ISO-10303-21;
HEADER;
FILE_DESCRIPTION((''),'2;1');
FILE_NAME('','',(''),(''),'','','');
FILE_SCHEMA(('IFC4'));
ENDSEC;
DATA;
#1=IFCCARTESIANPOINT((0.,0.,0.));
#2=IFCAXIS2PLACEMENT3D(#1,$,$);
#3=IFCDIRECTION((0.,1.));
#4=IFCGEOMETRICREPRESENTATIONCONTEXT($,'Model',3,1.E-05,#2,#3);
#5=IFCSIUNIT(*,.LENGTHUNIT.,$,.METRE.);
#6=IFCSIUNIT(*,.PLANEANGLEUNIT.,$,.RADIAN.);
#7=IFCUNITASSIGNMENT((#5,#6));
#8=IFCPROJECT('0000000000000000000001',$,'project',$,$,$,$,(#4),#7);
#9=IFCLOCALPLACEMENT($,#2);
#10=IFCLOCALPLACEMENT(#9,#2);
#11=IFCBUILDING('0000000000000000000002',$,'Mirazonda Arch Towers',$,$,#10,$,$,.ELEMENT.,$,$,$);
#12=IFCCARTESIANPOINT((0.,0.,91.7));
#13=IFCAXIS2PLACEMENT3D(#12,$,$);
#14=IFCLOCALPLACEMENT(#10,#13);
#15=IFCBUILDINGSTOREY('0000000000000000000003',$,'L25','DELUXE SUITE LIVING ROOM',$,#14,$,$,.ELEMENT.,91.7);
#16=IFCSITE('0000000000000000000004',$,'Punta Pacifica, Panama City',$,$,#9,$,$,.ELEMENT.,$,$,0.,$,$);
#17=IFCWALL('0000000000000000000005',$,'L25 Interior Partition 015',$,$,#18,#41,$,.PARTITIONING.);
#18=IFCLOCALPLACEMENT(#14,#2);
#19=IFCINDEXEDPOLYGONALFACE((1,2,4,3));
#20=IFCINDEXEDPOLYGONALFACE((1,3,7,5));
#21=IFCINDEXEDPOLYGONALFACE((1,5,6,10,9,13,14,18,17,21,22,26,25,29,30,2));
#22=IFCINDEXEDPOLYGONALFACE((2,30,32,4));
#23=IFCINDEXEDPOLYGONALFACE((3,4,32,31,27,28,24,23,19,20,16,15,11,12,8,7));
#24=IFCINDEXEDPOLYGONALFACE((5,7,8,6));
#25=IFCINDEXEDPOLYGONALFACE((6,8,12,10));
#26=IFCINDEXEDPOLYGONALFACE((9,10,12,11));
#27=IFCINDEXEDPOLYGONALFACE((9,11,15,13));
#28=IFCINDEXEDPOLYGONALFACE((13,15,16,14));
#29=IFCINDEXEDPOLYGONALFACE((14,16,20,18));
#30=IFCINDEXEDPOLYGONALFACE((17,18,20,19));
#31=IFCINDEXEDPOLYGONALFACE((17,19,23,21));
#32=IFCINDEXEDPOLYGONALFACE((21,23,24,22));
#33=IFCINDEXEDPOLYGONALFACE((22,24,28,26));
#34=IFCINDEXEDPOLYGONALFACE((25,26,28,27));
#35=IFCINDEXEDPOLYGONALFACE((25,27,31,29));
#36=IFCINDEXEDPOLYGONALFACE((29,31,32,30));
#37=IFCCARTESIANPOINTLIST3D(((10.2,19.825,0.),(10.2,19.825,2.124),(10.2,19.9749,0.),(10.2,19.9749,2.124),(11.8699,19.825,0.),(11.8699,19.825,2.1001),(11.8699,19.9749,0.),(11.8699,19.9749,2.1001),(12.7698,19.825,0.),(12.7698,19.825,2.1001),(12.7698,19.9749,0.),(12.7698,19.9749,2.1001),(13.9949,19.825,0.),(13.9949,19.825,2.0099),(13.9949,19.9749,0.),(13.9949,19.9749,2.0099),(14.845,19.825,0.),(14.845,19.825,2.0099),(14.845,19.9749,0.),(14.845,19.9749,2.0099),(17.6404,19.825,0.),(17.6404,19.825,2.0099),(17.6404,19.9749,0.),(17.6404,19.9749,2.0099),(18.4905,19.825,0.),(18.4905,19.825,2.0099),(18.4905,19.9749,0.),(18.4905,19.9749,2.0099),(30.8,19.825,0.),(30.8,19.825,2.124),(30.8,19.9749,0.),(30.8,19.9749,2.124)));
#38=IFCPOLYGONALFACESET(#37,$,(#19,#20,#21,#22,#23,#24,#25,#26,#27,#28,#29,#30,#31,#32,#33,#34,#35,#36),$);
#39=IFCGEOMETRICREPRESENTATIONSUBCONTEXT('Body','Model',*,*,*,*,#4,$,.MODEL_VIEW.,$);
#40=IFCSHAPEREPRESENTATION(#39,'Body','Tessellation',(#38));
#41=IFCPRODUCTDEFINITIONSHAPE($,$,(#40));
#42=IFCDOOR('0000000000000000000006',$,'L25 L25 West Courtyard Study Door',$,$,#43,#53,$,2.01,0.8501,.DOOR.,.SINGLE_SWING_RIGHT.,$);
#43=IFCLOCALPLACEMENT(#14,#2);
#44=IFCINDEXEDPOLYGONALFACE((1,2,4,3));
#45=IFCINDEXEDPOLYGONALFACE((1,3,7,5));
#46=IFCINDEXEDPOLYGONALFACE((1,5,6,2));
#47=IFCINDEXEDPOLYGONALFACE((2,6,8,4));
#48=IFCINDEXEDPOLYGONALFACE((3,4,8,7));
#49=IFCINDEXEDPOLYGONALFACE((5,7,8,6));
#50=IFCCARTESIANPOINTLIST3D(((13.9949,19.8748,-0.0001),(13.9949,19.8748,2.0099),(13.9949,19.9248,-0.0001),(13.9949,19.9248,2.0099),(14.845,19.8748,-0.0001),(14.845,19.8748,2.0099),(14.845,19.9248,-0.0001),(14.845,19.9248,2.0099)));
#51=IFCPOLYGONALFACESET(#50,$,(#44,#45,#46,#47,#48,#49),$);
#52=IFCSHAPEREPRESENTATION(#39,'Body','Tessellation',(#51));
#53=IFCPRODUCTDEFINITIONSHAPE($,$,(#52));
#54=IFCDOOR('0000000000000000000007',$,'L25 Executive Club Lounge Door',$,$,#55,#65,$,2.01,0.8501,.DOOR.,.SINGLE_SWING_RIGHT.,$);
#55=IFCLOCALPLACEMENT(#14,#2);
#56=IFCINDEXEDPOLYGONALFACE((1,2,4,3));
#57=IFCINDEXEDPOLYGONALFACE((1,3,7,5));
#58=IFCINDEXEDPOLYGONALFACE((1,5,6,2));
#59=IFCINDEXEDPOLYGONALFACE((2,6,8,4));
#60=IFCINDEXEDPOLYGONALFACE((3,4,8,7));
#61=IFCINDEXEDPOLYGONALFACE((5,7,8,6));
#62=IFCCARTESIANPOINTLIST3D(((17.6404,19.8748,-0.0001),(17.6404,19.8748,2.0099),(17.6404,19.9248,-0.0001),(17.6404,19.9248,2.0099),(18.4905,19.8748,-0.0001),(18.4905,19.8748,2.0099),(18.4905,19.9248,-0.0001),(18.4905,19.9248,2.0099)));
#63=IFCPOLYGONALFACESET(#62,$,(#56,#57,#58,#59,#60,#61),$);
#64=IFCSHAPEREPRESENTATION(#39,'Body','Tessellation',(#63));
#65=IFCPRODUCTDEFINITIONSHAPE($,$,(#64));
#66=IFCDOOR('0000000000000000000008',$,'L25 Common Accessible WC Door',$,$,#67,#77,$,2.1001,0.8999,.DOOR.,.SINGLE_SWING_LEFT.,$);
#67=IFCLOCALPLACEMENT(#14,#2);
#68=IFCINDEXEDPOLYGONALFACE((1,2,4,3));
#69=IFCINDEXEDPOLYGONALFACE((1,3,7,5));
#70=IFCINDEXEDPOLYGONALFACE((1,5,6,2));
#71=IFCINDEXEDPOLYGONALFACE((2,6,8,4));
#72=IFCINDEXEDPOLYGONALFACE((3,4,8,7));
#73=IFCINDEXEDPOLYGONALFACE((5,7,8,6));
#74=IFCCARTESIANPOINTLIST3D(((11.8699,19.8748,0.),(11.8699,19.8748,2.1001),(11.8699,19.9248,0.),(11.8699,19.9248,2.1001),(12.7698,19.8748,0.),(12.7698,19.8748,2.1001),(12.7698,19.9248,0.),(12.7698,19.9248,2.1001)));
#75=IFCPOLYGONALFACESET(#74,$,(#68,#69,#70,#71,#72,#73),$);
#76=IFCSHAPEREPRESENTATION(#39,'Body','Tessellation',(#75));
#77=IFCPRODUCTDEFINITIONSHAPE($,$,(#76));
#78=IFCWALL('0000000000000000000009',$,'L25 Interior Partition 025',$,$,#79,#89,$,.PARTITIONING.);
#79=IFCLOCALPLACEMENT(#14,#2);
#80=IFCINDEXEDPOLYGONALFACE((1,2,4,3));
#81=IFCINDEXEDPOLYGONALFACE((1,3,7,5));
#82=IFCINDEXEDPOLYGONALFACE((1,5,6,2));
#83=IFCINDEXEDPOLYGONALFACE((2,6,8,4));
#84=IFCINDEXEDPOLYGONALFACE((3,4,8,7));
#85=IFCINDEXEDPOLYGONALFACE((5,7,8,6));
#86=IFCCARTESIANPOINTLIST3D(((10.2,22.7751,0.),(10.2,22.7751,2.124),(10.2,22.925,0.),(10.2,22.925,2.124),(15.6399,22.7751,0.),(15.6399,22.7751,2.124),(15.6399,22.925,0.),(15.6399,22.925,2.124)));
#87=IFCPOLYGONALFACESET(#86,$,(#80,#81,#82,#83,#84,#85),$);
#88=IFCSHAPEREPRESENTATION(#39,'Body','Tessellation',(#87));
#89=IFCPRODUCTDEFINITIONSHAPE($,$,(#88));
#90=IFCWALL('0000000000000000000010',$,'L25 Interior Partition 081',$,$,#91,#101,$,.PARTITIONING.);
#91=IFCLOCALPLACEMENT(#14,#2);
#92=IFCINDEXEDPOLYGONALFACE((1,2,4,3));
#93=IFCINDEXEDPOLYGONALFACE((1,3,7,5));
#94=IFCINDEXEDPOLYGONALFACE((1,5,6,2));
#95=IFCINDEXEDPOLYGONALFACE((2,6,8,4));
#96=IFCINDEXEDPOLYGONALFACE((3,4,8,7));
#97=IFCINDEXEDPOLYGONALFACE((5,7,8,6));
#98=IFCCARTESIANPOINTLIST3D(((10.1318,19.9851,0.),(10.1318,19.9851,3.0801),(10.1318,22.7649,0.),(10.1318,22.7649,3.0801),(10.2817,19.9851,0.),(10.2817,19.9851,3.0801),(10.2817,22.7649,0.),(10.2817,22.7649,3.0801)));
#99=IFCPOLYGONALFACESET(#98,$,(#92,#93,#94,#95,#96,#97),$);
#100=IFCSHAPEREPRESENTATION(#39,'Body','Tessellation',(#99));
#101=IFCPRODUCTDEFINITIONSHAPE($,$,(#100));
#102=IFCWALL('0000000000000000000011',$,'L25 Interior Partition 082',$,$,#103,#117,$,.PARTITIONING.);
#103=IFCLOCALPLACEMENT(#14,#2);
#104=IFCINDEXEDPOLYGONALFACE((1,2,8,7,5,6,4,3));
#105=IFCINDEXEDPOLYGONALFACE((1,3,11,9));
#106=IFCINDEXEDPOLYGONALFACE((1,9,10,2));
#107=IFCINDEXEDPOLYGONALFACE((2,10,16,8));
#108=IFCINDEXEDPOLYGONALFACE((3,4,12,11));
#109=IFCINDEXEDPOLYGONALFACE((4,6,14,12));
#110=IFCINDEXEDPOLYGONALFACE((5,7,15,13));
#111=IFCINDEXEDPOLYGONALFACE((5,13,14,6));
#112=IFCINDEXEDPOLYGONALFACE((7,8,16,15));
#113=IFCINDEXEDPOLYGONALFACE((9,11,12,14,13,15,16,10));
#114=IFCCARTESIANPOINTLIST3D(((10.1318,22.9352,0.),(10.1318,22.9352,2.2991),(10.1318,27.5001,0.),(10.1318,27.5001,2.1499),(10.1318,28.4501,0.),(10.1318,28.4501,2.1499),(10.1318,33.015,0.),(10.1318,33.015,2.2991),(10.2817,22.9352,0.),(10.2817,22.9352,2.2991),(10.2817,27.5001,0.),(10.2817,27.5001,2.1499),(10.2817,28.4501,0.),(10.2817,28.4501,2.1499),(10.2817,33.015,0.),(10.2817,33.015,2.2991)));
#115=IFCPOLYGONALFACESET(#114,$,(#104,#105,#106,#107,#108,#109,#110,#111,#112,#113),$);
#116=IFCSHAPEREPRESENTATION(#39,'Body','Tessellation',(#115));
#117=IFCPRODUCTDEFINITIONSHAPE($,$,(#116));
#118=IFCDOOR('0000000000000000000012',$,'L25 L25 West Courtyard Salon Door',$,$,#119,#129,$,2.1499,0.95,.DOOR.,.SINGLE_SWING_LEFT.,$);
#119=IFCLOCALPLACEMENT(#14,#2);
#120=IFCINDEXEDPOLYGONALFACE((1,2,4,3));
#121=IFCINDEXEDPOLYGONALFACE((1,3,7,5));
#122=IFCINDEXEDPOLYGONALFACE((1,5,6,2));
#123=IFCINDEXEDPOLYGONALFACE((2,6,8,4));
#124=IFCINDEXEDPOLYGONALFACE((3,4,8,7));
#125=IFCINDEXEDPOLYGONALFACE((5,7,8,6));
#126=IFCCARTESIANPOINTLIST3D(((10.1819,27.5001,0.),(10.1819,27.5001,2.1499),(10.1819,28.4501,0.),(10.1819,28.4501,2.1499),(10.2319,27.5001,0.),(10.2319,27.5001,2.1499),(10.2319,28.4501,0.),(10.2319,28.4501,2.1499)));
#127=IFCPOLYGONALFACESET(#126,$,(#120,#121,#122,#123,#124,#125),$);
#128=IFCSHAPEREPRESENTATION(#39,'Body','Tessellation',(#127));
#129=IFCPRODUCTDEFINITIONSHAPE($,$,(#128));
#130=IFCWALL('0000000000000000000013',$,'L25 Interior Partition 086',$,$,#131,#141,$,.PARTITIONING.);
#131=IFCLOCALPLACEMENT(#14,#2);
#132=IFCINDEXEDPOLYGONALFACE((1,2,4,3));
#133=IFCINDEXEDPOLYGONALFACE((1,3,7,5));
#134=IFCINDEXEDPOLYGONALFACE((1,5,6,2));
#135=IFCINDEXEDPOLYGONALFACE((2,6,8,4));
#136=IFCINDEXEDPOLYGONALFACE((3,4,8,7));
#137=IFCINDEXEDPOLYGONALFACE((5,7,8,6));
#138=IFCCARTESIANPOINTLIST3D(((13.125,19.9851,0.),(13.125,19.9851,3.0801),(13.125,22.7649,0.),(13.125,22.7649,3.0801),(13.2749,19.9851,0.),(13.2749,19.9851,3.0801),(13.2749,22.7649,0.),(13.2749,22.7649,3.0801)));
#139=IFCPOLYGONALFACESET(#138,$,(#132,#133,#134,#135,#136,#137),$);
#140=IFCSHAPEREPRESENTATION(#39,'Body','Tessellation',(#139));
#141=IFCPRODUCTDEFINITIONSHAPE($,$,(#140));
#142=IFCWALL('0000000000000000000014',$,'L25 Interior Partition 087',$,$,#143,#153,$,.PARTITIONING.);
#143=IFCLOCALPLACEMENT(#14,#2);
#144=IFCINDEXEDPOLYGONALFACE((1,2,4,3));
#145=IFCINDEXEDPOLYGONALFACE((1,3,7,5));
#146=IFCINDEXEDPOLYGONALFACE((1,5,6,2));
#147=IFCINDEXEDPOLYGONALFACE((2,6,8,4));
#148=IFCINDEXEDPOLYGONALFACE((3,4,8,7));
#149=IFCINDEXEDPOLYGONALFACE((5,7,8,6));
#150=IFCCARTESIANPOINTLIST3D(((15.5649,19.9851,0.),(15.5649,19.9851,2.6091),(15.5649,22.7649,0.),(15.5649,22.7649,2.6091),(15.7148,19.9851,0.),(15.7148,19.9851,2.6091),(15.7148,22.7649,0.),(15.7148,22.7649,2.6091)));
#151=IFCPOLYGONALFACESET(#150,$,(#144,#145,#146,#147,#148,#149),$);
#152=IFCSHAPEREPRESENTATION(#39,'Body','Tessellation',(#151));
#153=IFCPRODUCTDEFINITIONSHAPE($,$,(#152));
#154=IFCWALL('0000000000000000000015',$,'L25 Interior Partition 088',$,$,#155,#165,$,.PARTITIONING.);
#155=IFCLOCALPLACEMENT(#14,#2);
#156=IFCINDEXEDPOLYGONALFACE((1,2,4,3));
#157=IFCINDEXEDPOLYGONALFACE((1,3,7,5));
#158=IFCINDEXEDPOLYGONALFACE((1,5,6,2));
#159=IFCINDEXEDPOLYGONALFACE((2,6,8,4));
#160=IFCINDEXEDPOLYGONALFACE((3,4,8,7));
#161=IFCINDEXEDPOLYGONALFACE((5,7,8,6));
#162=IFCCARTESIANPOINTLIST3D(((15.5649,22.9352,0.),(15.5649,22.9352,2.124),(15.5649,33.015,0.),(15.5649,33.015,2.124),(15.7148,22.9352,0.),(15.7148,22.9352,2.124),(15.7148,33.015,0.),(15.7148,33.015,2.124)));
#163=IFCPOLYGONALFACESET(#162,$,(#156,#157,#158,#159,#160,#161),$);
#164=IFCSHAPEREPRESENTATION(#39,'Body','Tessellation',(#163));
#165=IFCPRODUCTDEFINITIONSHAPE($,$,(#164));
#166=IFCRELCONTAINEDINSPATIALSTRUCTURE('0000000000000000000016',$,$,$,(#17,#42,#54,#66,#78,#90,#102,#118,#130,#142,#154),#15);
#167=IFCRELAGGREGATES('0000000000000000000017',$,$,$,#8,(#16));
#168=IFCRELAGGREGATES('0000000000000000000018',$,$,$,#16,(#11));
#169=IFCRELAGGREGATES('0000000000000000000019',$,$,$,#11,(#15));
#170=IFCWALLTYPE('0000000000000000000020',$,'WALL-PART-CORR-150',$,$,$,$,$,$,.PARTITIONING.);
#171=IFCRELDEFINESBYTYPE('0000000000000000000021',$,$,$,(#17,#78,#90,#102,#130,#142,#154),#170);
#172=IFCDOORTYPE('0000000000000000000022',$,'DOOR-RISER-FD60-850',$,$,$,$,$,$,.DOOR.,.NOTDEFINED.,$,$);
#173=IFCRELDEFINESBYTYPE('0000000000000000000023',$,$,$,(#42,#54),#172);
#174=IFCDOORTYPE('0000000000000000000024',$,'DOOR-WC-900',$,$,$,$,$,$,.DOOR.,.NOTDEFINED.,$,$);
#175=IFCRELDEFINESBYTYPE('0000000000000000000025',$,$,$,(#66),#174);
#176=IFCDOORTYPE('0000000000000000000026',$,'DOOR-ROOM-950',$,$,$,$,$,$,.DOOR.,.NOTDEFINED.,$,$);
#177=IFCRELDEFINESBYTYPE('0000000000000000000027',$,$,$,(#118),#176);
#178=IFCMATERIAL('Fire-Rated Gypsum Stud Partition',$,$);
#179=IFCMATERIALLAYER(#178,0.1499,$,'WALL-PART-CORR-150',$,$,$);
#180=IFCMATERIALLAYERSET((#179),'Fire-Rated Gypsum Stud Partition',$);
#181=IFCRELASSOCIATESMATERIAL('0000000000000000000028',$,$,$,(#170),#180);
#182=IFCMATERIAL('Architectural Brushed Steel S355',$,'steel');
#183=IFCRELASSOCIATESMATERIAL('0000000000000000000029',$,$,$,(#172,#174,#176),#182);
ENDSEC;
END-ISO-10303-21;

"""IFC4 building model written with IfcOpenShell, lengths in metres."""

from ifc_helpers import new_model, si_unit, direction, frame, frame_2d, origin, place, context, subcontext, project, spatial, rectangle, extrude, material, layer, layer_set, type_object, element, fill, save


model = new_model("IFC4")

# Units and contexts
model_context = context("Model", 3, precision=1e-05, world=origin(), true_north=direction((0.0, 1.0)))
body_context = subcontext(model_context, "Body", "Model", "MODEL_VIEW")
ifc_project = project(units=[si_unit("LENGTHUNIT", "METRE"), si_unit("PLANEANGLEUNIT", "RADIAN")], contexts=[model_context])

# Site, building, storey
site_placement = place(None, origin())
site = spatial("IfcSite", under=ifc_project, at=site_placement, Name="Punta Pacifica, Panama City", CompositionType="ELEMENT", RefElevation=0.0)
building_placement = place(site_placement, origin())
building = spatial("IfcBuilding", under=site, at=building_placement, Name="Mirazonda Arch Towers", CompositionType="ELEMENT")
storey_placement = place(building_placement, frame((0.0, 0.0, 91.7)))
storey = spatial("IfcBuildingStorey", under=building, at=storey_placement, Name="L25", Description="DELUXE SUITE LIVING ROOM", CompositionType="ELEMENT", Elevation=91.7)

# Shared definitions
ifc_material_1 = material(Name="Architectural Brushed Steel S355", Category="steel")

# Shared definitions
ifc_material_2 = material(Name="Fire-Rated Gypsum Stud Partition")
ifc_layer_1 = layer(ifc_material_2, 0.1499, Name="WALL-PART-CORR-150")
ifc_layer_set_1 = layer_set([ifc_layer_1], Name="Fire-Rated Gypsum Stud Partition")
wall_type_1 = type_object("IfcWallType", Name="WALL-PART-CORR-150", PredefinedType="PARTITIONING", material=ifc_layer_set_1)

# Wall, openings, doors
wall_1_placement = place(storey_placement, frame((10.2, 19.8999, 0.0), z_axis=(0.0, 0.0, 1.0), x_axis=(1.0, 0.0, 0.0)))
wall_1 = element("IfcWall", 1, at=wall_1_placement, inside=storey, type_object=wall_type_1, Name="L25 Interior Partition 015", PredefinedType="PARTITIONING", context=body_context, shape_type="SweptSolid", body=[
    extrude(rectangle(XDim=20.6001, YDim=0.1499, at=frame_2d((10.3, 0.0))), origin(), (0.0, 0.0, 1.0), 2.124),
])
opening_1_placement = place(wall_1_placement, frame((1.6699, 0.0, 0.0)))
opening_1 = element("IfcOpeningElement", 2, at=opening_1_placement, cuts=wall_1, PredefinedType="OPENING", context=body_context, shape_type="SweptSolid", body=[
    extrude(rectangle(XDim=0.8999, YDim=2.1001, at=frame_2d((0.45, 1.05))), frame((0.0, 0.085, 0.0), z_axis=(0.0, -1.0, 0.0), x_axis=(1.0, 0.0, 0.0)), (0.0, 0.0, 1.0), 0.1699),
])
opening_2_placement = place(wall_1_placement, frame((3.7949, 0.0, 0.0)))
opening_2 = element("IfcOpeningElement", 3, at=opening_2_placement, cuts=wall_1, PredefinedType="OPENING", context=body_context, shape_type="SweptSolid", body=[
    extrude(rectangle(XDim=0.8501, YDim=2.01, at=frame_2d((0.425, 1.0049))), frame((0.0, 0.085, 0.0), z_axis=(0.0, -1.0, 0.0), x_axis=(1.0, 0.0, 0.0)), (0.0, 0.0, 1.0), 0.1699),
])
opening_3_placement = place(wall_1_placement, frame((7.4404, 0.0, 0.0)))
opening_3 = element("IfcOpeningElement", 4, at=opening_3_placement, cuts=wall_1, PredefinedType="OPENING", context=body_context, shape_type="SweptSolid", body=[
    extrude(rectangle(XDim=0.8501, YDim=2.01, at=frame_2d((0.425, 1.0049))), frame((0.0, 0.085, 0.0), z_axis=(0.0, -1.0, 0.0), x_axis=(1.0, 0.0, 0.0)), (0.0, 0.0, 1.0), 0.1699),
])
door_type_1 = type_object("IfcDoorType", Name="DOOR-RISER-FD60-850", OperationType="NOTDEFINED", PredefinedType="DOOR", material=ifc_material_1)
door_1_placement = place(opening_2_placement, origin())
door_1 = element("IfcDoor", 5, at=door_1_placement, inside=storey, type_object=door_type_1, Name="L25 L25 West Courtyard Study Door", OperationType="SINGLE_SWING_RIGHT", OverallHeight=2.01, OverallWidth=0.8501, PredefinedType="DOOR", context=body_context, shape_type="SweptSolid", body=[
    extrude(rectangle(XDim=0.8501, YDim=2.01, at=frame_2d((0.425, 1.0049))), frame((0.0, 0.0249, 0.0), z_axis=(0.0, -1.0, 0.0), x_axis=(1.0, 0.0, 0.0)), (0.0, 0.0, 1.0), 0.05),
])
fill(opening_2, door_1)
door_2_placement = place(opening_3_placement, origin())
door_2 = element("IfcDoor", 6, at=door_2_placement, inside=storey, type_object=door_type_1, Name="L25 Executive Club Lounge Door", OperationType="SINGLE_SWING_RIGHT", OverallHeight=2.01, OverallWidth=0.8501, PredefinedType="DOOR", context=body_context, shape_type="SweptSolid", body=[
    extrude(rectangle(XDim=0.8501, YDim=2.01, at=frame_2d((0.425, 1.0049))), frame((0.0, 0.0249, 0.0), z_axis=(0.0, -1.0, 0.0), x_axis=(1.0, 0.0, 0.0)), (0.0, 0.0, 1.0), 0.05),
])
fill(opening_3, door_2)
door_type_2 = type_object("IfcDoorType", Name="DOOR-WC-900", OperationType="NOTDEFINED", PredefinedType="DOOR", material=ifc_material_1)
door_3_placement = place(opening_1_placement, origin())
door_3 = element("IfcDoor", 7, at=door_3_placement, inside=storey, type_object=door_type_2, Name="L25 Common Accessible WC Door", OperationType="SINGLE_SWING_LEFT", OverallHeight=2.1001, OverallWidth=0.8999, PredefinedType="DOOR", context=body_context, shape_type="SweptSolid", body=[
    extrude(rectangle(XDim=0.8999, YDim=2.1001, at=frame_2d((0.45, 1.05))), frame((0.0, 0.0249, 0.0), z_axis=(0.0, -1.0, 0.0), x_axis=(1.0, 0.0, 0.0)), (0.0, 0.0, 1.0), 0.05),
])
fill(opening_1, door_3)

# Walls
wall_2_placement = place(storey_placement, frame((10.2, 22.8501, 0.0), z_axis=(0.0, 0.0, 1.0), x_axis=(1.0, 0.0, 0.0)))
element("IfcWall", 8, at=wall_2_placement, inside=storey, type_object=wall_type_1, Name="L25 Interior Partition 025", PredefinedType="PARTITIONING", context=body_context, shape_type="SweptSolid", body=[
    extrude(rectangle(XDim=5.4399, YDim=0.1499, at=frame_2d((2.72, 0.0))), origin(), (0.0, 0.0, 1.0), 2.124),
])
wall_3_placement = place(storey_placement, frame((10.2068, 19.9851, 0.0), z_axis=(0.0, 0.0, 1.0), x_axis=(0.0, 1.0, 0.0)))
element("IfcWall", 9, at=wall_3_placement, inside=storey, type_object=wall_type_1, Name="L25 Interior Partition 081", PredefinedType="PARTITIONING", context=body_context, shape_type="SweptSolid", body=[
    extrude(rectangle(XDim=2.7798, YDim=0.1499, at=frame_2d((1.3899, 0.0))), origin(), (0.0, 0.0, 1.0), 3.0801),
])

# Wall, opening, door
wall_4_placement = place(storey_placement, frame((10.2068, 22.9351, 0.0), z_axis=(0.0, 0.0, 1.0), x_axis=(0.0, 1.0, 0.0)))
wall_4 = element("IfcWall", 10, at=wall_4_placement, inside=storey, type_object=wall_type_1, Name="L25 Interior Partition 082", PredefinedType="PARTITIONING", context=body_context, shape_type="SweptSolid", body=[
    extrude(rectangle(XDim=10.0798, YDim=0.1499, at=frame_2d((5.04, 0.0))), origin(), (0.0, 0.0, 1.0), 2.2991),
])
opening_4_placement = place(wall_4_placement, frame((4.5649, 0.0, 0.0)))
opening_4 = element("IfcOpeningElement", 11, at=opening_4_placement, cuts=wall_4, PredefinedType="OPENING", context=body_context, shape_type="SweptSolid", body=[
    extrude(rectangle(XDim=0.95, YDim=2.1499, at=frame_2d((0.4751, 1.075))), frame((0.0, 0.085, 0.0), z_axis=(0.0, -1.0, 0.0), x_axis=(1.0, 0.0, 0.0)), (0.0, 0.0, 1.0), 0.1699),
])
door_type_3 = type_object("IfcDoorType", Name="DOOR-ROOM-950", OperationType="NOTDEFINED", PredefinedType="DOOR", material=ifc_material_1)
door_4_placement = place(opening_4_placement, origin())
door_4 = element("IfcDoor", 12, at=door_4_placement, inside=storey, type_object=door_type_3, Name="L25 L25 West Courtyard Salon Door", OperationType="SINGLE_SWING_LEFT", OverallHeight=2.1499, OverallWidth=0.95, PredefinedType="DOOR", context=body_context, shape_type="SweptSolid", body=[
    extrude(rectangle(XDim=0.95, YDim=2.1499, at=frame_2d((0.4751, 1.075))), frame((0.0, 0.0249, 0.0), z_axis=(0.0, -1.0, 0.0), x_axis=(1.0, 0.0, 0.0)), (0.0, 0.0, 1.0), 0.05),
])
fill(opening_4, door_4)

# Walls
wall_5_placement = place(storey_placement, frame((13.2, 19.9851, 0.0), z_axis=(0.0, 0.0, 1.0), x_axis=(0.0, 1.0, 0.0)))
element("IfcWall", 13, at=wall_5_placement, inside=storey, type_object=wall_type_1, Name="L25 Interior Partition 086", PredefinedType="PARTITIONING", context=body_context, shape_type="SweptSolid", body=[
    extrude(rectangle(XDim=2.7798, YDim=0.1499, at=frame_2d((1.3899, 0.0))), origin(), (0.0, 0.0, 1.0), 3.0801),
])
wall_6_placement = place(storey_placement, frame((15.6399, 19.9851, 0.0), z_axis=(0.0, 0.0, 1.0), x_axis=(0.0, 1.0, 0.0)))
element("IfcWall", 14, at=wall_6_placement, inside=storey, type_object=wall_type_1, Name="L25 Interior Partition 087", PredefinedType="PARTITIONING", context=body_context, shape_type="SweptSolid", body=[
    extrude(rectangle(XDim=2.7798, YDim=0.1499, at=frame_2d((1.3899, 0.0))), origin(), (0.0, 0.0, 1.0), 2.6091),
])
wall_7_placement = place(storey_placement, frame((15.6399, 22.9351, 0.0), z_axis=(0.0, 0.0, 1.0), x_axis=(0.0, 1.0, 0.0)))
element("IfcWall", 15, at=wall_7_placement, inside=storey, type_object=wall_type_1, Name="L25 Interior Partition 088", PredefinedType="PARTITIONING", context=body_context, shape_type="SweptSolid", body=[
    extrude(rectangle(XDim=10.0798, YDim=0.1499, at=frame_2d((5.04, 0.0))), origin(), (0.0, 0.0, 1.0), 2.124),
])

save(model, "model.ifc")
